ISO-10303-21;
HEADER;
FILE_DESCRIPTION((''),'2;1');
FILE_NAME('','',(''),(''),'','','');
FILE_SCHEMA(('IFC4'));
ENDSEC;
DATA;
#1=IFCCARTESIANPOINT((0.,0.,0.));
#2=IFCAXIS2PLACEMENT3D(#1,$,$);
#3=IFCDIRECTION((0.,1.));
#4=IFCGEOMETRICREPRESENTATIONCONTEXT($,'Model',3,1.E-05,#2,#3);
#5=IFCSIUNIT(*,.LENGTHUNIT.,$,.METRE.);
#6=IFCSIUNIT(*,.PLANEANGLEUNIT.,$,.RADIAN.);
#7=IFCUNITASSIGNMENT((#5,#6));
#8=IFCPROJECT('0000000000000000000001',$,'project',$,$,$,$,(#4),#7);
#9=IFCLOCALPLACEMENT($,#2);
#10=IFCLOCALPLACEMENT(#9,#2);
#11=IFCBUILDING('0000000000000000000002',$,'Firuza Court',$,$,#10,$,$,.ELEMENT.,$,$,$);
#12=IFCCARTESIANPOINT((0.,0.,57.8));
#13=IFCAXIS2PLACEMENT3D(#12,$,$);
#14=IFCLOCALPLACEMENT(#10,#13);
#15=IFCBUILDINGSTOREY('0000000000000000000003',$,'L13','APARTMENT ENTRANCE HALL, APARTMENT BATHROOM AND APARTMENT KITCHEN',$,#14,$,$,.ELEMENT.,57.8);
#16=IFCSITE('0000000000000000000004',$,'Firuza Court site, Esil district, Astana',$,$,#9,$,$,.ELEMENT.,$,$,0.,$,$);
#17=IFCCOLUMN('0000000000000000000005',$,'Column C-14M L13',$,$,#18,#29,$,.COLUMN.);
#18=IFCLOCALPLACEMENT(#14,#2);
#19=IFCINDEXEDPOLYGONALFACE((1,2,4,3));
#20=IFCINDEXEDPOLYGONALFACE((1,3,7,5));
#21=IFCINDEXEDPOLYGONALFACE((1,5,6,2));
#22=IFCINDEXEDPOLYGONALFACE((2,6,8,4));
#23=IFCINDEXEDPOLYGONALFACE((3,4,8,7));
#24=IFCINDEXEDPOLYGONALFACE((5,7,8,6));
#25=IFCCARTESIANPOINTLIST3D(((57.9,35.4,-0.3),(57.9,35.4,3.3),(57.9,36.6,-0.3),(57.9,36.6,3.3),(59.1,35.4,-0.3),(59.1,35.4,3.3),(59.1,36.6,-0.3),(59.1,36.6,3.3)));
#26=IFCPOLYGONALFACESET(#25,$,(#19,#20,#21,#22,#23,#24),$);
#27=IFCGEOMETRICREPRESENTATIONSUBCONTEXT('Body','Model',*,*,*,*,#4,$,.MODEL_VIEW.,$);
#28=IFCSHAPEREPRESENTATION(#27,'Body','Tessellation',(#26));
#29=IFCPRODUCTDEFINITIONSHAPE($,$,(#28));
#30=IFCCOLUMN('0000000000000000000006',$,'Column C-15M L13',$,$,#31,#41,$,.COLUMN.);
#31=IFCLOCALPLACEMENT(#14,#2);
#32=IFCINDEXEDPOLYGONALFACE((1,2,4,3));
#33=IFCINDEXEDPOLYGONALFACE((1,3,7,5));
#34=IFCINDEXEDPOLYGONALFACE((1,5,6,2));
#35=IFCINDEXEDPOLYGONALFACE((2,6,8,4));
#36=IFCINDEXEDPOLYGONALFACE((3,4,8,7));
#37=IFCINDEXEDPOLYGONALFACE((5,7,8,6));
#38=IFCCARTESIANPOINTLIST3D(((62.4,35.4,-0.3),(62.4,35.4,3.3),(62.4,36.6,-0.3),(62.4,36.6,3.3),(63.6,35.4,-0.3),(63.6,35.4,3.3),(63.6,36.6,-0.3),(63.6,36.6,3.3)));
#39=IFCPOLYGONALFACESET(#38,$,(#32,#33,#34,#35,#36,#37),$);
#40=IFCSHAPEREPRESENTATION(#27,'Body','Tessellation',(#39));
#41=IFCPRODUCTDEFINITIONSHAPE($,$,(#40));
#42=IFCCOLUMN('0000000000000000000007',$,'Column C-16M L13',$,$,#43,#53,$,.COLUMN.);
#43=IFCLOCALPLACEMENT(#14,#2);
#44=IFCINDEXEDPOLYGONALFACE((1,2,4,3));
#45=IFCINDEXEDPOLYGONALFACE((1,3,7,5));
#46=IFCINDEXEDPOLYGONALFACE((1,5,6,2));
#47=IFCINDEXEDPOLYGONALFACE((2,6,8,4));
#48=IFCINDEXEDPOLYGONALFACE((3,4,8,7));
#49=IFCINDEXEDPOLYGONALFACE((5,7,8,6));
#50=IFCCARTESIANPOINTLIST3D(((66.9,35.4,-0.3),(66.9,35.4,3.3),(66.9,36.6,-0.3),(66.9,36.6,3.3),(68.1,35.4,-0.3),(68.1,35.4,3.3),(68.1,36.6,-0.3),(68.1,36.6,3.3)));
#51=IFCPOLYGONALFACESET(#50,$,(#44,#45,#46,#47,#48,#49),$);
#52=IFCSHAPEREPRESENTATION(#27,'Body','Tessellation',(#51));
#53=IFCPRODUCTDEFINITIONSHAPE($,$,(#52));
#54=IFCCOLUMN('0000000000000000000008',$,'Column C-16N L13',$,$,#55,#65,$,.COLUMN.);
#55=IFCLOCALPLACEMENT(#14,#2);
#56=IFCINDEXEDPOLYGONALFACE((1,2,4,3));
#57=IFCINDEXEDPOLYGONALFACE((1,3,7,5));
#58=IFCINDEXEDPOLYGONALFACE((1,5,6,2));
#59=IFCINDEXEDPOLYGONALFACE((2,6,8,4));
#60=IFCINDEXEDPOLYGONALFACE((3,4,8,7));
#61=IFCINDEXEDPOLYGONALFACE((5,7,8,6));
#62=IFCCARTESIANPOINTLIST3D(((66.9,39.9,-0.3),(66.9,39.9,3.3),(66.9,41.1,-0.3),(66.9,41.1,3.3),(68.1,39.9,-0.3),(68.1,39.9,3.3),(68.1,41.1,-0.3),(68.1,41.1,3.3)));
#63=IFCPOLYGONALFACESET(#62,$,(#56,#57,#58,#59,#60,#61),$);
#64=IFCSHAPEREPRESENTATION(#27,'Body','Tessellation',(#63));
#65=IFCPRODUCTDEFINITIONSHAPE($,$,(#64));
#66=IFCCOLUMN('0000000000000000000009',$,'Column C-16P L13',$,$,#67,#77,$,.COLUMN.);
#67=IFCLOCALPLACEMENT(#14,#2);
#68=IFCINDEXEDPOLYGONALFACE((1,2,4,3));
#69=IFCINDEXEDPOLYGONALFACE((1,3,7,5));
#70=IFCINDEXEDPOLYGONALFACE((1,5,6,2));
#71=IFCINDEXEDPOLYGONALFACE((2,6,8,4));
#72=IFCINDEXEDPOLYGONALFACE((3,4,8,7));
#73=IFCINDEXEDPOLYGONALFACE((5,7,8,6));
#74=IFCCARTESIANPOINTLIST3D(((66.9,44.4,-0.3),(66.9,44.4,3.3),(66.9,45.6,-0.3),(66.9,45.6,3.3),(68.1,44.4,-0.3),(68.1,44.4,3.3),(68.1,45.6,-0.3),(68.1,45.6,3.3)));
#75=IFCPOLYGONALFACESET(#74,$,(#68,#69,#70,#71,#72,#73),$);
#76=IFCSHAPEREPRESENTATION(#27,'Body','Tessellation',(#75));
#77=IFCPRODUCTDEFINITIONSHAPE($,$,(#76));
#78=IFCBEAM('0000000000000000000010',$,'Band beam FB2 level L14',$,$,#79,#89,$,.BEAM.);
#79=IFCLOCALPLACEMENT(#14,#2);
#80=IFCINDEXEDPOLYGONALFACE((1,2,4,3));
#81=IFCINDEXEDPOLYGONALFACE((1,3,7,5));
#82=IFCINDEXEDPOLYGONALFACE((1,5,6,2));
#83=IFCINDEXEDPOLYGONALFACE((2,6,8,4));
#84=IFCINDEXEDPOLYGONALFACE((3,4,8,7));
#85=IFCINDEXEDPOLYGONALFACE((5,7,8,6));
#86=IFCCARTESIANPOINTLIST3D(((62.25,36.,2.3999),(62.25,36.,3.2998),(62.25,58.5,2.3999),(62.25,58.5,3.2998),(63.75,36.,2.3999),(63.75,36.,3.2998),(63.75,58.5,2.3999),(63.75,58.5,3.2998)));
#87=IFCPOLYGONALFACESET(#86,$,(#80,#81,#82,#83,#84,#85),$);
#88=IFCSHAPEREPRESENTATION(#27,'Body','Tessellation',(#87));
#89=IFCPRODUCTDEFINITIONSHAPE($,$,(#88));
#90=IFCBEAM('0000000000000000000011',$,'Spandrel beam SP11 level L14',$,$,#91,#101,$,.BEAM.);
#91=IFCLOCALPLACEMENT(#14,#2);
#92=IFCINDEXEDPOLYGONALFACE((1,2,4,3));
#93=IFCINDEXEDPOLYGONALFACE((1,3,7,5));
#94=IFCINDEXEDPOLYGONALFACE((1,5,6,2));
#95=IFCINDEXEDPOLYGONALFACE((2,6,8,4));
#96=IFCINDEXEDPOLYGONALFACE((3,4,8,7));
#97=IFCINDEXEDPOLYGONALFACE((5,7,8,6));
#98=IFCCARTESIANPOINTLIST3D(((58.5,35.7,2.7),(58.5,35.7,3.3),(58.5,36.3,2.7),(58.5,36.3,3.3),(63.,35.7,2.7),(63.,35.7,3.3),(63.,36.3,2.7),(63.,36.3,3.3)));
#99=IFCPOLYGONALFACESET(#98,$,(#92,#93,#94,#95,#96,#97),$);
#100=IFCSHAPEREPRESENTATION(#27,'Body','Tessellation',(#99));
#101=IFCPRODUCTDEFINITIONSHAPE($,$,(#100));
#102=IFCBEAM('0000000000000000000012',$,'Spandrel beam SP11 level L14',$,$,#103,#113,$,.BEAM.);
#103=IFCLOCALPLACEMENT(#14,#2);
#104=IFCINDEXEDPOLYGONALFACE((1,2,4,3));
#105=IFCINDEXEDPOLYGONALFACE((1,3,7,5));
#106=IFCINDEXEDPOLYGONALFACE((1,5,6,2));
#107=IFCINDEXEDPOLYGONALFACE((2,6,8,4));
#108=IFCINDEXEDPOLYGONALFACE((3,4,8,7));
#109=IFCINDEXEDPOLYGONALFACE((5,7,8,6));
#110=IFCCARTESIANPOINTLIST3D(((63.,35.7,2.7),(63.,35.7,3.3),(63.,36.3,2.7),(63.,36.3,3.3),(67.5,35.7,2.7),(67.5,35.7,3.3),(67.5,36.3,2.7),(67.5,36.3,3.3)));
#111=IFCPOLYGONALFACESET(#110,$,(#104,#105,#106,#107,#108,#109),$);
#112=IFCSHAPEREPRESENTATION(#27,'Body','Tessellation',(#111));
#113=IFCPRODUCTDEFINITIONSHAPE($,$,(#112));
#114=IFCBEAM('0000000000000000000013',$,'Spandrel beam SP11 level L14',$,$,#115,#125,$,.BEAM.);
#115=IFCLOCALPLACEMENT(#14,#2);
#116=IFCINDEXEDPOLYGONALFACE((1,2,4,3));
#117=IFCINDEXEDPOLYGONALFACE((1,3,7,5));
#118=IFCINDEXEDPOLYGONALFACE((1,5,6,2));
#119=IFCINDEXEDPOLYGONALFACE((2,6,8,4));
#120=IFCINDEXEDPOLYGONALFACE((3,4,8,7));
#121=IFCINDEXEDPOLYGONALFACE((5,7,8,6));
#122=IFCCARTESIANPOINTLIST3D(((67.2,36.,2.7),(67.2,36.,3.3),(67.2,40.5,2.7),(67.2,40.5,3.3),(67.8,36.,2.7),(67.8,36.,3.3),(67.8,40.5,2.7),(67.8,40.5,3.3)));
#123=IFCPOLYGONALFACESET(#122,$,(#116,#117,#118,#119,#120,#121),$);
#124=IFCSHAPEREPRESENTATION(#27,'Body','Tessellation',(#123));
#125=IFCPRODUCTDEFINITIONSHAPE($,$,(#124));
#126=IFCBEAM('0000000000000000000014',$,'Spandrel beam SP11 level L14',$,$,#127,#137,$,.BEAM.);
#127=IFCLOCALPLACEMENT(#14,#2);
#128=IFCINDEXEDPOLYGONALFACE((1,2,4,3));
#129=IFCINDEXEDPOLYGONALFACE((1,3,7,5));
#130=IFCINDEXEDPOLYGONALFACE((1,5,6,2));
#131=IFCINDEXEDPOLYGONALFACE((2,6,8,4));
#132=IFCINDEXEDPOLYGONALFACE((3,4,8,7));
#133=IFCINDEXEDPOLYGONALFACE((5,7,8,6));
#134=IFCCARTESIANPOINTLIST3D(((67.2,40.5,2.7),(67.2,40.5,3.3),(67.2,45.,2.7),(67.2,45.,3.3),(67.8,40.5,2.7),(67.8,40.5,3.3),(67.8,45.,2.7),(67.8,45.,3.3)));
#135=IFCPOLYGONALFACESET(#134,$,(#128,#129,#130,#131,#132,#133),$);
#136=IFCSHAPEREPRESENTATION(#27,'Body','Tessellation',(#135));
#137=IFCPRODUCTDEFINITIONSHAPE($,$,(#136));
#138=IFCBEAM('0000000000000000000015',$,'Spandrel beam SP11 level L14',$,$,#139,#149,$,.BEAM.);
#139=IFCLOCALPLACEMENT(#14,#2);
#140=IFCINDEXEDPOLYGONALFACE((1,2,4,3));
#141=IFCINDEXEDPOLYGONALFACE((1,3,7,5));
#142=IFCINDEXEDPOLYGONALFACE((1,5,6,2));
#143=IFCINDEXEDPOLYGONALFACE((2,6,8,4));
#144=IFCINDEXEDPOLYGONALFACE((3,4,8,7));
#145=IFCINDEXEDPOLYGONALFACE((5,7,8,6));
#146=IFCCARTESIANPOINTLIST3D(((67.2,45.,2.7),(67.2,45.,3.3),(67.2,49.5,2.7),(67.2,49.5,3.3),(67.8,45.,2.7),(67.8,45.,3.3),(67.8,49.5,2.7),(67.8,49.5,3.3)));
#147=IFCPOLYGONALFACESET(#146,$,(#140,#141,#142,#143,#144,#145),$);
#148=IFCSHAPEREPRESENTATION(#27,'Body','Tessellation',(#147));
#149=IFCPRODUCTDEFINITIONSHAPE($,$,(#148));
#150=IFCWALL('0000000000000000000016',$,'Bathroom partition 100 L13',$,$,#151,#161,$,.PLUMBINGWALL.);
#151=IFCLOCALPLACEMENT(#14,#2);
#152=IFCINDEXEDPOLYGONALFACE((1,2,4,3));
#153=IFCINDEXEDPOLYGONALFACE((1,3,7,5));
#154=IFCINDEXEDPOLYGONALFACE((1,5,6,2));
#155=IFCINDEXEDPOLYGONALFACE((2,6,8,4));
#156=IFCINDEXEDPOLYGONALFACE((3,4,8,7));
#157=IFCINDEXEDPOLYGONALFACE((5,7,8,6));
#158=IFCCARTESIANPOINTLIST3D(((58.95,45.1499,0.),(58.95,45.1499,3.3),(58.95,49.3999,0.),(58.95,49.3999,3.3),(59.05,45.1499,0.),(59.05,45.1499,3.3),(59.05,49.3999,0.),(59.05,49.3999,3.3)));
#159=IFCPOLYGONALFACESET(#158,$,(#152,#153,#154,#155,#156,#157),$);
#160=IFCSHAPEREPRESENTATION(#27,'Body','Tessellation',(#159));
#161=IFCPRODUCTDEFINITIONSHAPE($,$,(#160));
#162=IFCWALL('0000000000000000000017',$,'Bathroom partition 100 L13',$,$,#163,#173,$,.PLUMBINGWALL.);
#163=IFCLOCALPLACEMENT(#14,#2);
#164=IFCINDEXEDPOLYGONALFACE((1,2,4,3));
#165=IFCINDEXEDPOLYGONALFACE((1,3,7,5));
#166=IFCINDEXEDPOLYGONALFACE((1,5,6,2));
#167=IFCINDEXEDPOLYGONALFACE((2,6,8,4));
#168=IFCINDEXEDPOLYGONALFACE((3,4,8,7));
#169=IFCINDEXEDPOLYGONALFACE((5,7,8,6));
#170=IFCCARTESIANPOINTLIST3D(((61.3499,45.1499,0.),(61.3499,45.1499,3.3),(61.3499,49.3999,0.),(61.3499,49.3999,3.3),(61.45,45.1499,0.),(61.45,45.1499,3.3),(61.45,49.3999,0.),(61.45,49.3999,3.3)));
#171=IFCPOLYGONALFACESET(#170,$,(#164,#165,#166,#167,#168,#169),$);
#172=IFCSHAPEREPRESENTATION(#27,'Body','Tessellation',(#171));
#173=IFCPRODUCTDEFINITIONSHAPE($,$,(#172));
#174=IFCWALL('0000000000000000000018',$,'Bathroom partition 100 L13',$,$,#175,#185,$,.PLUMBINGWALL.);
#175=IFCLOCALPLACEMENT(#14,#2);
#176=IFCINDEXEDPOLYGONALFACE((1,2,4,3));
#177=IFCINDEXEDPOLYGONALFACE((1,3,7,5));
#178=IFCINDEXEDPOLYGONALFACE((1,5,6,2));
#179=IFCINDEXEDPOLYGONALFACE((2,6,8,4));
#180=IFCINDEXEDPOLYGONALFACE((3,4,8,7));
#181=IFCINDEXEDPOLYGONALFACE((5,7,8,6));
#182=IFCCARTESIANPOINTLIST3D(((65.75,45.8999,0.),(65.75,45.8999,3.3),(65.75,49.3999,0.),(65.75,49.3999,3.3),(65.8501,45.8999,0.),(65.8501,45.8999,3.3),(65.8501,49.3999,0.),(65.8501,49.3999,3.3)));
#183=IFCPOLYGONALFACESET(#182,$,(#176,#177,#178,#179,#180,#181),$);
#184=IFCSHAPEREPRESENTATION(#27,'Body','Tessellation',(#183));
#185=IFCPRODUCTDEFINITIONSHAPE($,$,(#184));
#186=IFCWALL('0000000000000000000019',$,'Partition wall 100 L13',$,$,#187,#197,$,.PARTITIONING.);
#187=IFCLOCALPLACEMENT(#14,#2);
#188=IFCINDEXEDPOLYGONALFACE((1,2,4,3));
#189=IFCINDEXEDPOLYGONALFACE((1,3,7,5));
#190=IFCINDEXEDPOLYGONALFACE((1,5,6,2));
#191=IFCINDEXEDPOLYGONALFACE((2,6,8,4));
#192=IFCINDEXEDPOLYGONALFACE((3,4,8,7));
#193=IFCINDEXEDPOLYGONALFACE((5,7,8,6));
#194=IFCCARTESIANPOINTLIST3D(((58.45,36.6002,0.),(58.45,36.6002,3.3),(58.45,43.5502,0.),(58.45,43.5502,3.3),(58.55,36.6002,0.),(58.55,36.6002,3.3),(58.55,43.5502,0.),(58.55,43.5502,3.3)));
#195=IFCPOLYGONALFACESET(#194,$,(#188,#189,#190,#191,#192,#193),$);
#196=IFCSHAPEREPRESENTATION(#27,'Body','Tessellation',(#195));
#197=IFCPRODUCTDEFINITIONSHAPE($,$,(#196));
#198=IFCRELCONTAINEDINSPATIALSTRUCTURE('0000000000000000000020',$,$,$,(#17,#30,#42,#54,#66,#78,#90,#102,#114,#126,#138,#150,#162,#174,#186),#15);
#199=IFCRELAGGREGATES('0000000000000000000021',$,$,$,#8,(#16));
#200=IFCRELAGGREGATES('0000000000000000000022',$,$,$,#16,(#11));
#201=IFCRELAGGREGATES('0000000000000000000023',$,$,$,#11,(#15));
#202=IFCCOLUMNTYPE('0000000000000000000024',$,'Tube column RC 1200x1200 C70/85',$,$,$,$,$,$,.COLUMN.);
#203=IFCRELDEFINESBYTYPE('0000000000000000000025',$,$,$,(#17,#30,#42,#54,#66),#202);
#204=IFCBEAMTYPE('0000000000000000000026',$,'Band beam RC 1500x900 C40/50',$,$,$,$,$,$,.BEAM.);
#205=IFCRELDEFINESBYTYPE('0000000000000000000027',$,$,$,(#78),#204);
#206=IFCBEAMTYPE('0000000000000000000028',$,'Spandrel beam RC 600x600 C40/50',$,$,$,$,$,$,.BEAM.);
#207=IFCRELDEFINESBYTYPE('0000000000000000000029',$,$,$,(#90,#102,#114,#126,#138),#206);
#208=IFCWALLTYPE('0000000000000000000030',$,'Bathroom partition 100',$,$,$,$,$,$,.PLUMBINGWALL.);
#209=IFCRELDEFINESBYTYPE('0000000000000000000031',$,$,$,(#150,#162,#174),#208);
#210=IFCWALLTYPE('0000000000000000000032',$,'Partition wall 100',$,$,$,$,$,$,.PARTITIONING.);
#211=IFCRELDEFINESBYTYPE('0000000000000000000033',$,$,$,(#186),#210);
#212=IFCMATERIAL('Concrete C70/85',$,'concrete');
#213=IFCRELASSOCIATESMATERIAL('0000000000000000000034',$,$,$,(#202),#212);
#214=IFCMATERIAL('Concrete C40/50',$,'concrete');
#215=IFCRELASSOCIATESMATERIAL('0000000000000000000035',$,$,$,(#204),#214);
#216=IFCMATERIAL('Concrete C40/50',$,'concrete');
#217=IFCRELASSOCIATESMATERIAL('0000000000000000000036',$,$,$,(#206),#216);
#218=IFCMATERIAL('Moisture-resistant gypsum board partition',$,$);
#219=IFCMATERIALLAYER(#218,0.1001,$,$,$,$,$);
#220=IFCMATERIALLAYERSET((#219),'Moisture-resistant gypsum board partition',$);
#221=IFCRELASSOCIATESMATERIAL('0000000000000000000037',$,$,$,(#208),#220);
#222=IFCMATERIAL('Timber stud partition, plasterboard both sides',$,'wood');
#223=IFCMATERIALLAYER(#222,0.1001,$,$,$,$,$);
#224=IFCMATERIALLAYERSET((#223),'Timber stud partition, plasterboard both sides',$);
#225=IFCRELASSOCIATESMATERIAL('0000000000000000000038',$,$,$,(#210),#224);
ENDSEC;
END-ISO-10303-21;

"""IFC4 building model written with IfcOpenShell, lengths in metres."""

from ifc_helpers import new_model, si_unit, direction, frame, frame_2d, origin, origin_2d, place, context, subcontext, project, spatial, rectangle, extrude, material, layer, layer_set, material_profile, profile_set, type_object, element, save


model = new_model("IFC4")

# Units and contexts
model_context = context("Model", 3, precision=1e-05, world=origin(), true_north=direction((0.0, 1.0)))
body_context = subcontext(model_context, "Body", "Model", "MODEL_VIEW")
ifc_project = project(units=[si_unit("LENGTHUNIT", "METRE"), si_unit("PLANEANGLEUNIT", "RADIAN")], contexts=[model_context])

# Site, building, storey
site_placement = place(None, origin())
site = spatial("IfcSite", under=ifc_project, at=site_placement, Name="Firuza Court site, Esil district, Astana", CompositionType="ELEMENT", RefElevation=0.0)
building_placement = place(site_placement, origin())
building = spatial("IfcBuilding", under=site, at=building_placement, Name="Firuza Court", CompositionType="ELEMENT")
storey_placement = place(building_placement, frame((0.0, 0.0, 57.8)))
storey = spatial("IfcBuildingStorey", under=building, at=storey_placement, Name="L13", Description="APARTMENT ENTRANCE HALL, APARTMENT BATHROOM AND APARTMENT KITCHEN", CompositionType="ELEMENT", Elevation=57.8)

# Columns
ifc_material_1 = material(Name="Concrete C70/85", Category="concrete")
ifc_material_profile_1 = material_profile(ifc_material_1, rectangle(XDim=1.2, YDim=1.2, at=origin_2d()), Name="RC 1200x1200")
ifc_profile_set_1 = profile_set([ifc_material_profile_1], Name="Concrete C70/85")
column_type = type_object("IfcColumnType", Name="Tube column RC 1200x1200 C70/85", PredefinedType="COLUMN", material=ifc_profile_set_1)
for number, where, z_axis, x_axis, name in (
    (1, (58.5, 36.0, -0.3), (0.0, 0.0, 1.0), (1.0, 0.0, 0.0), "Column C-14M L13"),
    (2, (63.0, 36.0, -0.3), (0.0, 0.0, 1.0), (1.0, 0.0, 0.0), "Column C-15M L13"),
    (3, (67.5, 36.0, -0.3), (0.0, 0.0, 1.0), (1.0, 0.0, 0.0), "Column C-16M L13"),
    (4, (67.5, 40.5, -0.3), (0.0, 0.0, 1.0), (1.0, 0.0, 0.0), "Column C-16N L13"),
    (5, (67.5, 45.0, -0.3), (0.0, 0.0, 1.0), (1.0, 0.0, 0.0), "Column C-16P L13"),
):
    element("IfcColumn", number, at=place(storey_placement, frame(where, z_axis=z_axis, x_axis=x_axis)), inside=storey, type_object=column_type, Name=name, PredefinedType="COLUMN", context=body_context, shape_type="SweptSolid", body=[
        extrude(rectangle(XDim=1.2, YDim=1.2, at=origin_2d()), origin(), (0.0, 0.0, 1.0), 3.6001),
    ])

# Beams
ifc_material_2 = material(Name="Concrete C40/50", Category="concrete")
ifc_material_profile_2 = material_profile(ifc_material_2, rectangle(XDim=1.5, YDim=0.8999, at=origin_2d()), Name="RC 1500x900")
ifc_profile_set_2 = profile_set([ifc_material_profile_2], Name="Concrete C40/50")
beam_type_1 = type_object("IfcBeamType", Name="Band beam RC 1500x900 C40/50", PredefinedType="BEAM", material=ifc_profile_set_2)
beam_placement = place(storey_placement, frame((63.0, 36.0, 2.8499), z_axis=(0.0, 1.0, 0.0), x_axis=(-1.0, 0.0, 0.0)))
element("IfcBeam", 6, at=beam_placement, inside=storey, type_object=beam_type_1, Name="Band beam FB2 level L14", PredefinedType="BEAM", context=body_context, shape_type="SweptSolid", body=[
    extrude(rectangle(XDim=1.5, YDim=0.8999, at=origin_2d()), origin(), (0.0, 0.0, 1.0), 22.5),
])
ifc_material_3 = material(Name="Concrete C40/50", Category="concrete")
ifc_material_profile_3 = material_profile(ifc_material_3, rectangle(XDim=0.6001, YDim=0.6001, at=origin_2d()), Name="RC 600x600")
ifc_profile_set_3 = profile_set([ifc_material_profile_3], Name="Concrete C40/50")
beam_type_2 = type_object("IfcBeamType", Name="Spandrel beam RC 600x600 C40/50", PredefinedType="BEAM", material=ifc_profile_set_3)
for number, where, z_axis, x_axis, name in (
    (7, (58.5, 36.0, 3.0), (1.0, 0.0, 0.0), (0.0, 1.0, 0.0), "Spandrel beam SP11 level L14"),
    (8, (63.0, 36.0, 3.0), (1.0, 0.0, 0.0), (0.0, 1.0, 0.0), "Spandrel beam SP11 level L14"),
    (9, (67.5, 36.0, 3.0), (0.0, 1.0, 0.0), (-1.0, 0.0, 0.0), "Spandrel beam SP11 level L14"),
    (10, (67.5, 40.5, 3.0), (0.0, 1.0, 0.0), (-1.0, 0.0, 0.0), "Spandrel beam SP11 level L14"),
    (11, (67.5, 45.0, 3.0), (0.0, 1.0, 0.0), (-1.0, 0.0, 0.0), "Spandrel beam SP11 level L14"),
):
    element("IfcBeam", number, at=place(storey_placement, frame(where, z_axis=z_axis, x_axis=x_axis)), inside=storey, type_object=beam_type_2, Name=name, PredefinedType="BEAM", context=body_context, shape_type="SweptSolid", body=[
        extrude(rectangle(XDim=0.6001, YDim=0.6001, at=origin_2d()), origin(), (0.0, 0.0, 1.0), 4.5),
    ])

# Walls
ifc_material_4 = material(Name="Moisture-resistant gypsum board partition")
ifc_layer_1 = layer(ifc_material_4, 0.1001)
ifc_layer_set_1 = layer_set([ifc_layer_1], Name="Moisture-resistant gypsum board partition")
wall_type_1 = type_object("IfcWallType", Name="Bathroom partition 100", PredefinedType="PLUMBINGWALL", material=ifc_layer_set_1)
for number, where, z_axis, x_axis, name in (
    (12, (59.0, 45.1499, 0.0), (0.0, 0.0, 1.0), (0.0, 1.0, 0.0), "Bathroom partition 100 L13"),
    (13, (61.3999, 45.1499, 0.0), (0.0, 0.0, 1.0), (0.0, 1.0, 0.0), "Bathroom partition 100 L13"),
):
    element("IfcWall", number, at=place(storey_placement, frame(where, z_axis=z_axis, x_axis=x_axis)), inside=storey, type_object=wall_type_1, Name=name, PredefinedType="PLUMBINGWALL", context=body_context, shape_type="SweptSolid", body=[
        extrude(rectangle(XDim=4.25, YDim=0.1001, at=frame_2d((2.125, 0.0))), origin(), (0.0, 0.0, 1.0), 3.3),
    ])
wall_1_placement = place(storey_placement, frame((65.8, 45.8999, 0.0), z_axis=(0.0, 0.0, 1.0), x_axis=(0.0, 1.0, 0.0)))
element("IfcWall", 14, at=wall_1_placement, inside=storey, type_object=wall_type_1, Name="Bathroom partition 100 L13", PredefinedType="PLUMBINGWALL", context=body_context, shape_type="SweptSolid", body=[
    extrude(rectangle(XDim=3.5, YDim=0.1001, at=frame_2d((1.75, 0.0))), origin(), (0.0, 0.0, 1.0), 3.3),
])
ifc_material_5 = material(Name="Timber stud partition, plasterboard both sides", Category="wood")
ifc_layer_2 = layer(ifc_material_5, 0.1001)
ifc_layer_set_2 = layer_set([ifc_layer_2], Name="Timber stud partition, plasterboard both sides")
wall_type_2 = type_object("IfcWallType", Name="Partition wall 100", PredefinedType="PARTITIONING", material=ifc_layer_set_2)
wall_2_placement = place(storey_placement, frame((58.5, 36.6001, 0.0), z_axis=(0.0, 0.0, 1.0), x_axis=(0.0, 1.0, 0.0)))
element("IfcWall", 15, at=wall_2_placement, inside=storey, type_object=wall_type_2, Name="Partition wall 100 L13", PredefinedType="PARTITIONING", context=body_context, shape_type="SweptSolid", body=[
    extrude(rectangle(XDim=6.95, YDim=0.1001, at=frame_2d((3.4751, 0.0))), origin(), (0.0, 0.0, 1.0), 3.3),
])

save(model, "model.ifc")
